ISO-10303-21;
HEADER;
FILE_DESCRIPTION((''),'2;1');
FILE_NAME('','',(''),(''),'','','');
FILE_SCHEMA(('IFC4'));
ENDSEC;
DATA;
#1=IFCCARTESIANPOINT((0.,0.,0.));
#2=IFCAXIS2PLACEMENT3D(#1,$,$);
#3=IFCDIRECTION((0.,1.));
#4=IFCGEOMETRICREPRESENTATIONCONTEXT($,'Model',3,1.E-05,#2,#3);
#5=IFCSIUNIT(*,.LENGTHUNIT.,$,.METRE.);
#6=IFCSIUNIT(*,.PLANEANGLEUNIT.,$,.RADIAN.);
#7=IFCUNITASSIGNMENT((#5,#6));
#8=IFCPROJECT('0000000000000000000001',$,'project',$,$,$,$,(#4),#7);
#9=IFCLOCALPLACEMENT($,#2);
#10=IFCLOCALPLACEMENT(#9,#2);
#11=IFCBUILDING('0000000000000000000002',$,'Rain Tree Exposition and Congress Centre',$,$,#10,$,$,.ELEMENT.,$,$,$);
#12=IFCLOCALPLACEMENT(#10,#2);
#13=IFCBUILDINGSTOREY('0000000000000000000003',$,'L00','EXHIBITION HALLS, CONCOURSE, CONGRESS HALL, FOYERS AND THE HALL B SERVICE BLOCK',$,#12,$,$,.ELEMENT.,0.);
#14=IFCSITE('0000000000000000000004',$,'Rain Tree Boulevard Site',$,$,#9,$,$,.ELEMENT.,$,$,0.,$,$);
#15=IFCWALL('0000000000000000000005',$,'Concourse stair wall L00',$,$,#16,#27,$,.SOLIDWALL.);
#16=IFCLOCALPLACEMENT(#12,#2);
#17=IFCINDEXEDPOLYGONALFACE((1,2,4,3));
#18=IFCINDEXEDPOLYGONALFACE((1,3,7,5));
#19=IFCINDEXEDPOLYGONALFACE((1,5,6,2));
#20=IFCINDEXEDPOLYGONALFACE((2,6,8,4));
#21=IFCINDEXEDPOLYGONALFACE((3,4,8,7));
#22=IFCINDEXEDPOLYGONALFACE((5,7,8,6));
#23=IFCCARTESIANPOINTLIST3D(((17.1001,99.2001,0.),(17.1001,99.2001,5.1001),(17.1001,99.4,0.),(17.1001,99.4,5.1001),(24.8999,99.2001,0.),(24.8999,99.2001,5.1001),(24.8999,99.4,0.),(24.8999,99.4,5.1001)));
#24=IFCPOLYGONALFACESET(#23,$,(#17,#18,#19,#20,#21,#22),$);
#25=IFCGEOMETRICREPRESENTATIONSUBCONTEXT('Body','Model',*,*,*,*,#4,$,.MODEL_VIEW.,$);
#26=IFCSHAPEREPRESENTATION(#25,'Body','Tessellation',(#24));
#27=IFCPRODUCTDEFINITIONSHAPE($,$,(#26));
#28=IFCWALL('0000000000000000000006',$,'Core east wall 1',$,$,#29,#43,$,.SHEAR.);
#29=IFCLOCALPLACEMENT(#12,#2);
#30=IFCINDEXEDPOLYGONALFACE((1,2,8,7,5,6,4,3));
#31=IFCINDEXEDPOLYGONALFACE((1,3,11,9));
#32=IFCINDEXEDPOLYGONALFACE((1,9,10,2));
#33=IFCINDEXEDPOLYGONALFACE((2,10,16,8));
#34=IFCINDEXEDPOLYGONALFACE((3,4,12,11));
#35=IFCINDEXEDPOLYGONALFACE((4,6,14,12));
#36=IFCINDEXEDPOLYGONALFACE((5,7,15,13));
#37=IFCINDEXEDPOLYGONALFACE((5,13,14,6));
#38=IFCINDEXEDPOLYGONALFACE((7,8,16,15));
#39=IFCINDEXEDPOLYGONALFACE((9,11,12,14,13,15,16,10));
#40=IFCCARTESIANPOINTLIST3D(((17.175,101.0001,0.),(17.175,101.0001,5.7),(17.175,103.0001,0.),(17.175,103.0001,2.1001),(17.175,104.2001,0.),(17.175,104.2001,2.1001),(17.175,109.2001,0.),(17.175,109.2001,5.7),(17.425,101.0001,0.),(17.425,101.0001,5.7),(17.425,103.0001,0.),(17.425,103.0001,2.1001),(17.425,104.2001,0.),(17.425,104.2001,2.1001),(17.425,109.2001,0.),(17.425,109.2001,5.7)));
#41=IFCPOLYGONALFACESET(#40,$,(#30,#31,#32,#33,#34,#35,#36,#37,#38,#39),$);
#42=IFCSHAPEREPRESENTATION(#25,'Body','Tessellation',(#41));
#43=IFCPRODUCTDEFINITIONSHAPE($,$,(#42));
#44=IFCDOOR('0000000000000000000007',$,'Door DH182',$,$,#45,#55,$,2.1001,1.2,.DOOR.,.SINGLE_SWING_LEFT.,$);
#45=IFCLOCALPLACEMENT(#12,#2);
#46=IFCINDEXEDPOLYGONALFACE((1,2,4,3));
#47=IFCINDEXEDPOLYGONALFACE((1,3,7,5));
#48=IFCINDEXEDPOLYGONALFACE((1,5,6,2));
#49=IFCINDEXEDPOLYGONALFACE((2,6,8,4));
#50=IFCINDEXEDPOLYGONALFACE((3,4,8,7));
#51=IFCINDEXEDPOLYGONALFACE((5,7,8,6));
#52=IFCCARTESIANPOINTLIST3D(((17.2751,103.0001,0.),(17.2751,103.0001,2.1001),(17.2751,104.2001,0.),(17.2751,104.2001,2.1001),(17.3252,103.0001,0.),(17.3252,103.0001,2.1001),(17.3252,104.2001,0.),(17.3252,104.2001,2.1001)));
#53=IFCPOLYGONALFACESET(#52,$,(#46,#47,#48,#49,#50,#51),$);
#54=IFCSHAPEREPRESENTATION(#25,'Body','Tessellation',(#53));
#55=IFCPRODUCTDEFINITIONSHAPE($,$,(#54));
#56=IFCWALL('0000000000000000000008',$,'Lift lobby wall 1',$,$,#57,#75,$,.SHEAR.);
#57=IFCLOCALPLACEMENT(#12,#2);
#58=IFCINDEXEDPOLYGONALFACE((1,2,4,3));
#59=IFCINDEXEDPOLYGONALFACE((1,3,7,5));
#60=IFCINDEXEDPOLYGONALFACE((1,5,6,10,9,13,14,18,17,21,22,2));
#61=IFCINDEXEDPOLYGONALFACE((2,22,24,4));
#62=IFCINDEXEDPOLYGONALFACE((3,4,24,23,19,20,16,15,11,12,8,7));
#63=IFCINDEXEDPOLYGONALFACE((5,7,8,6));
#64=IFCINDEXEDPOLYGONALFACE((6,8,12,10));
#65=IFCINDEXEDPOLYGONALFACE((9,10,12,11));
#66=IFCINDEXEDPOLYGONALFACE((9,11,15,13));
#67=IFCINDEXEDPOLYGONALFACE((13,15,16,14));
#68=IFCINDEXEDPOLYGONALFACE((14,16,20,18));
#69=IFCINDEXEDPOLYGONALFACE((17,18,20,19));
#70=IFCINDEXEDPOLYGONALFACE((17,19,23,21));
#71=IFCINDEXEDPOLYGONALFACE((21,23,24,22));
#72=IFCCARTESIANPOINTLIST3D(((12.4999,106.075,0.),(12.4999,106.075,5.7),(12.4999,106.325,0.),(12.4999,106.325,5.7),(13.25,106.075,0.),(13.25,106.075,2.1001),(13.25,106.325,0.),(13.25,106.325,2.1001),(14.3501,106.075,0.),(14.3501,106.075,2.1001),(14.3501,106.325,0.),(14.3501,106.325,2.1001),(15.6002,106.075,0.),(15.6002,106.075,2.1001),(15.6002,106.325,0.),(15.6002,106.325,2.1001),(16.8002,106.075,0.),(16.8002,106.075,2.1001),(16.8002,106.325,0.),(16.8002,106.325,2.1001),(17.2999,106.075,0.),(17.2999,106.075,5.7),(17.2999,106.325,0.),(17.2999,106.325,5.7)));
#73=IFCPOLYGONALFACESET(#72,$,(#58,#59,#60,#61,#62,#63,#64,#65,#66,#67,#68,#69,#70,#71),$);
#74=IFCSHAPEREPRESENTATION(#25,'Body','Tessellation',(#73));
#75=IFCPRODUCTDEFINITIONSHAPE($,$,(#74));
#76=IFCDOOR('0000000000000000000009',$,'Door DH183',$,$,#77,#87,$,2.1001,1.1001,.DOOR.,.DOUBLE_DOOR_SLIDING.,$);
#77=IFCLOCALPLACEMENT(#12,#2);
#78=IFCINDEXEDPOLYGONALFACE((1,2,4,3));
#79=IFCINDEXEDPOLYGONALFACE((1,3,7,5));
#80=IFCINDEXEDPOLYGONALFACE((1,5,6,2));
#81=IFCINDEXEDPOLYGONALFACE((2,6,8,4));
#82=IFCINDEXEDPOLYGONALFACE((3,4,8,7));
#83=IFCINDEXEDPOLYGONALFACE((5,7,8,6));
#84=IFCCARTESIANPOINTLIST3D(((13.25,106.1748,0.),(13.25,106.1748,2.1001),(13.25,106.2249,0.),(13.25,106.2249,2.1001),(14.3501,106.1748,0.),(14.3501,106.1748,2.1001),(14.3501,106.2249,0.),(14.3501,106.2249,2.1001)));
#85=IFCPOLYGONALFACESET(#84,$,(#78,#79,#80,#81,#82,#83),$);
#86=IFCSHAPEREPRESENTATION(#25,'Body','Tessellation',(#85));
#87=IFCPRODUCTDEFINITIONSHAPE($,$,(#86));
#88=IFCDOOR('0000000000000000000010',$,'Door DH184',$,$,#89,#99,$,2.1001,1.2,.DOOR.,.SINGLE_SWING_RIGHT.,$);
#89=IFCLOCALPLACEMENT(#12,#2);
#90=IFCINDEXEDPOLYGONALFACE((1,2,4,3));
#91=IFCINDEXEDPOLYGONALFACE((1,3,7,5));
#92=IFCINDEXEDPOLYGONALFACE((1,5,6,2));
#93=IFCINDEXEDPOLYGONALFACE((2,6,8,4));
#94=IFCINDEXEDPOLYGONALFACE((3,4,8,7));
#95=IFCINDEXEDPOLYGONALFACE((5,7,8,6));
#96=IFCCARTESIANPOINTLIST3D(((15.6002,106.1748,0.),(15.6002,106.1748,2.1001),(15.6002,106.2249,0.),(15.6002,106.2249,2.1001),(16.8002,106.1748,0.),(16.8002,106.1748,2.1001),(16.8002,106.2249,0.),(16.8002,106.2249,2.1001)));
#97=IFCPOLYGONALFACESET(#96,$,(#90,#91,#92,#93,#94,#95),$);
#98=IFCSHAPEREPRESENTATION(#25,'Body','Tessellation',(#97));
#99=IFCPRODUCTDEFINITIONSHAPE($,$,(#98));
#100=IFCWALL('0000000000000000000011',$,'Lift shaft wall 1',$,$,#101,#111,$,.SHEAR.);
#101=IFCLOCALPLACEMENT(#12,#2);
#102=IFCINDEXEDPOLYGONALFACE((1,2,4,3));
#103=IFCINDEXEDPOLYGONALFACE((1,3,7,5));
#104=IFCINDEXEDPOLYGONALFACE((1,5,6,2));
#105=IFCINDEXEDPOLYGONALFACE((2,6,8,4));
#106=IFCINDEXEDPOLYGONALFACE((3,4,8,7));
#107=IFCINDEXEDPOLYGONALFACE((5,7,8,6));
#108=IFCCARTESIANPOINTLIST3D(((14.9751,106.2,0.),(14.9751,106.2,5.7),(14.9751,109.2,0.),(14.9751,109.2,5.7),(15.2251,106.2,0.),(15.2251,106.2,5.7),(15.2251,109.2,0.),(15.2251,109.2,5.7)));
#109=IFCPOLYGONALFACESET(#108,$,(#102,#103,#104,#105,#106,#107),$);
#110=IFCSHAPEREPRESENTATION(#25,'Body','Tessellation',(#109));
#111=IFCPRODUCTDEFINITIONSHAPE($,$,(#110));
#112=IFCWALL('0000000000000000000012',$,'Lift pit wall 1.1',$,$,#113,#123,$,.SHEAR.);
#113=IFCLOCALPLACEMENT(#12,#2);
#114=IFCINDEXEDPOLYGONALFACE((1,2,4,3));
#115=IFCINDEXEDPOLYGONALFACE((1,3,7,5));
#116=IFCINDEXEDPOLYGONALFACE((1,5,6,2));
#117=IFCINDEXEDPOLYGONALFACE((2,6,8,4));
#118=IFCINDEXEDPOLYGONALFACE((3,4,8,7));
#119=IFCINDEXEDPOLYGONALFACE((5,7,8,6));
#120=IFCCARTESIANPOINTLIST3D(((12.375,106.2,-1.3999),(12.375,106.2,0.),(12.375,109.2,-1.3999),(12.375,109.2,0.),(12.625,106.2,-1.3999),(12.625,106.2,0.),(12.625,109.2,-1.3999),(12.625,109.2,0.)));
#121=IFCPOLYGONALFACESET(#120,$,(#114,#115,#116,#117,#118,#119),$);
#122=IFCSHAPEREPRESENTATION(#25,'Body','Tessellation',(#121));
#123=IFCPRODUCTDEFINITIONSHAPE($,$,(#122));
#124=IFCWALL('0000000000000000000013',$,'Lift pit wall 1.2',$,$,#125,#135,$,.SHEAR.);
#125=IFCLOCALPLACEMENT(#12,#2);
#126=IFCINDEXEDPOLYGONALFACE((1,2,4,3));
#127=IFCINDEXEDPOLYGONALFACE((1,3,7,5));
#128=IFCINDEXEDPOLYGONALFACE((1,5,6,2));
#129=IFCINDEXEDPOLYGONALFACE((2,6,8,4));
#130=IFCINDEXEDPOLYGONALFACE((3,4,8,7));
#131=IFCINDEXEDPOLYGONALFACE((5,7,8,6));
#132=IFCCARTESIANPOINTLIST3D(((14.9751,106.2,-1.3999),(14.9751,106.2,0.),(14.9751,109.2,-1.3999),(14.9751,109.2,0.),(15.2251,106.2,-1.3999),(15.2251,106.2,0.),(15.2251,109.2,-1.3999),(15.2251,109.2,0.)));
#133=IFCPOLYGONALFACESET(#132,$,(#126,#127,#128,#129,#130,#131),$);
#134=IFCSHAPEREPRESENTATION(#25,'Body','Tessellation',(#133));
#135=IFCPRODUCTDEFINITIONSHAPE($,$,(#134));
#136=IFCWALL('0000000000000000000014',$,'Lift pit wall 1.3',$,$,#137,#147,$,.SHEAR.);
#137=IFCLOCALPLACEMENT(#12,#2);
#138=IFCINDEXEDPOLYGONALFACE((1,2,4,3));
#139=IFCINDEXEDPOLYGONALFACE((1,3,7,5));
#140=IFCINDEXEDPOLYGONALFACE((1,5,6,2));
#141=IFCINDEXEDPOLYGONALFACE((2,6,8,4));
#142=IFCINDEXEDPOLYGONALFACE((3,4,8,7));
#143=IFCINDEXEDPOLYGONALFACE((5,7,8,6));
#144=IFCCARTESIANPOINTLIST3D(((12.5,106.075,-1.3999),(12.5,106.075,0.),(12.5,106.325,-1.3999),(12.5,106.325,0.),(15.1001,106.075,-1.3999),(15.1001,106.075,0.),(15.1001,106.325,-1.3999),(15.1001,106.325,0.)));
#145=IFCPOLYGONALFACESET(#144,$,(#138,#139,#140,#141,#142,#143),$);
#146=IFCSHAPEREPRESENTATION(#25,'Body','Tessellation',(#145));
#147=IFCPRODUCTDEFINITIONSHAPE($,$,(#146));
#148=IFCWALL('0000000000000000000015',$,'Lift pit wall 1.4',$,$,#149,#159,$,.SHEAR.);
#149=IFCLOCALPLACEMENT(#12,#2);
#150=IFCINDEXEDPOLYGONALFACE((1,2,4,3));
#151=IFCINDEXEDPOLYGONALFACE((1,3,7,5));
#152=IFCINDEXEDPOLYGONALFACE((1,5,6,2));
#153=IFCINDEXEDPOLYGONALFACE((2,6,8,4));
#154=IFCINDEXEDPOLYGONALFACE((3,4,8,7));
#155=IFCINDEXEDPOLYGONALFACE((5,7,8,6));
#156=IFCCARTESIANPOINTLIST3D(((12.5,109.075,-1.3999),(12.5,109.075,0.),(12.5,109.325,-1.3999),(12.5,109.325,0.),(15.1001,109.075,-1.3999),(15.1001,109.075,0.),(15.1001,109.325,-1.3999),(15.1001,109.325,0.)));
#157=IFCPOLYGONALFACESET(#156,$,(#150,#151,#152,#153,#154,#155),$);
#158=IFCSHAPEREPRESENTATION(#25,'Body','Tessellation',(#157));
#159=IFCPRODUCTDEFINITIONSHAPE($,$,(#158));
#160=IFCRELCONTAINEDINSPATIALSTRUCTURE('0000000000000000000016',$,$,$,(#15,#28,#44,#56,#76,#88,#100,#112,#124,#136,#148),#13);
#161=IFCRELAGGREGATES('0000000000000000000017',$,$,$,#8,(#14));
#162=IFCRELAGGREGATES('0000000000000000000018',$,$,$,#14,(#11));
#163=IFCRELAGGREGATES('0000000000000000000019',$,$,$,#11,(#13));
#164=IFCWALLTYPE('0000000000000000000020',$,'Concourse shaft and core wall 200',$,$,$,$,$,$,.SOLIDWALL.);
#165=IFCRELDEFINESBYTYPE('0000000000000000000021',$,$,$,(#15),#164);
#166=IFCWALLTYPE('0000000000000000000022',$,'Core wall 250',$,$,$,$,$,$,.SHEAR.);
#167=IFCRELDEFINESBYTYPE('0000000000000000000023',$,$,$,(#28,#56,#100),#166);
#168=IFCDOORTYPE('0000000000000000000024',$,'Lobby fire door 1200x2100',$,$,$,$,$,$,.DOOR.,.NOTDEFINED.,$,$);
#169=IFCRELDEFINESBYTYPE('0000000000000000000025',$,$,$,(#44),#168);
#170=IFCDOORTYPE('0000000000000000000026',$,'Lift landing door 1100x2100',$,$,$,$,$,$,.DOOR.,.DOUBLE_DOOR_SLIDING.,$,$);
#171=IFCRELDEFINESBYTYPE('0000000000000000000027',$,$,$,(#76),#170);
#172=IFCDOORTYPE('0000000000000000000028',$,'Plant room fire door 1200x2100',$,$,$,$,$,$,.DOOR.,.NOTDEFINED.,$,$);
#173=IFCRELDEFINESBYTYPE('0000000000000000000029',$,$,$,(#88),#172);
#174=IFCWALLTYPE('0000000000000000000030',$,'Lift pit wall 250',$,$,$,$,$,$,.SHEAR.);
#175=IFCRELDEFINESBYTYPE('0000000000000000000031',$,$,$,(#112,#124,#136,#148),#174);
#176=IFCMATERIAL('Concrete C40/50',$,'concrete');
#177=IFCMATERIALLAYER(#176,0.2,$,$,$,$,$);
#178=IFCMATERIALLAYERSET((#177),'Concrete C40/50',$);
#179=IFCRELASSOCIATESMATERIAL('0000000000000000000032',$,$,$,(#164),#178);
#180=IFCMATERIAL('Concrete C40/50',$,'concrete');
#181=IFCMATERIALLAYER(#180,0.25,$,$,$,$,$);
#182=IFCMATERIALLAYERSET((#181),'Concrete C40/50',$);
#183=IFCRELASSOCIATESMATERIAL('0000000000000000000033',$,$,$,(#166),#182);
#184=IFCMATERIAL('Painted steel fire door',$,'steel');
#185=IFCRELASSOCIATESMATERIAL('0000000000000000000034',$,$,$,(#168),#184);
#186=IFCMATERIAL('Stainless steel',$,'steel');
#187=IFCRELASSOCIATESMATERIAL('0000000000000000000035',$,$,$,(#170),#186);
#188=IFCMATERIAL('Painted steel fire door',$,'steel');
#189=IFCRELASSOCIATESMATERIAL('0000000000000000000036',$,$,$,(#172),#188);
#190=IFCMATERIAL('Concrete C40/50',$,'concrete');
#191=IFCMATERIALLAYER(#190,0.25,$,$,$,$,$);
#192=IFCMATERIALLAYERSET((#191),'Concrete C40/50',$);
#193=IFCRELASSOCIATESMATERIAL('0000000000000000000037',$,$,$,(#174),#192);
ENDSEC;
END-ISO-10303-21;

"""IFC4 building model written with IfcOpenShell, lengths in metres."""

from ifc_helpers import new_model, si_unit, direction, frame, frame_2d, origin, place, context, subcontext, project, spatial, rectangle, extrude, material, layer, layer_set, type_object, element, fill, save


model = new_model("IFC4")

# Units and contexts
model_context = context("Model", 3, precision=1e-05, world=origin(), true_north=direction((0.0, 1.0)))
body_context = subcontext(model_context, "Body", "Model", "MODEL_VIEW")
ifc_project = project(units=[si_unit("LENGTHUNIT", "METRE"), si_unit("PLANEANGLEUNIT", "RADIAN")], contexts=[model_context])

# Site, building, storey
site_placement = place(None, origin())
site = spatial("IfcSite", under=ifc_project, at=site_placement, Name="Rain Tree Boulevard Site", CompositionType="ELEMENT", RefElevation=0.0)
building_placement = place(site_placement, origin())
building = spatial("IfcBuilding", under=site, at=building_placement, Name="Rain Tree Exposition and Congress Centre", CompositionType="ELEMENT")
storey_placement = place(building_placement, origin())
storey = spatial("IfcBuildingStorey", under=building, at=storey_placement, Name="L00", Description="EXHIBITION HALLS, CONCOURSE, CONGRESS HALL, FOYERS AND THE HALL B SERVICE BLOCK", CompositionType="ELEMENT", Elevation=0.0)

# Wall
ifc_material_1 = material(Name="Concrete C40/50", Category="concrete")
ifc_layer_1 = layer(ifc_material_1, 0.2)
ifc_layer_set_1 = layer_set([ifc_layer_1], Name="Concrete C40/50")
wall_type_1 = type_object("IfcWallType", Name="Concourse shaft and core wall 200", PredefinedType="SOLIDWALL", material=ifc_layer_set_1)
wall_1_placement = place(storey_placement, frame((17.1001, 99.3, 0.0), z_axis=(0.0, 0.0, 1.0), x_axis=(1.0, 0.0, 0.0)))
element("IfcWall", 1, at=wall_1_placement, inside=storey, type_object=wall_type_1, Name="Concourse stair wall L00", PredefinedType="SOLIDWALL", context=body_context, shape_type="SweptSolid", body=[
    extrude(rectangle(XDim=7.7998, YDim=0.2, at=frame_2d((3.8999, 0.0))), origin(), (0.0, 0.0, 1.0), 5.1001),
])

# Wall, opening, door
ifc_material_2 = material(Name="Concrete C40/50", Category="concrete")
ifc_layer_2 = layer(ifc_material_2, 0.25)
ifc_layer_set_2 = layer_set([ifc_layer_2], Name="Concrete C40/50")
wall_type_2 = type_object("IfcWallType", Name="Core wall 250", PredefinedType="SHEAR", material=ifc_layer_set_2)
wall_2_placement = place(storey_placement, frame((17.3, 101.0, 0.0), z_axis=(0.0, 0.0, 1.0), x_axis=(0.0, 1.0, 0.0)))
wall_2 = element("IfcWall", 2, at=wall_2_placement, inside=storey, type_object=wall_type_2, Name="Core east wall 1", PredefinedType="SHEAR", context=body_context, shape_type="SweptSolid", body=[
    extrude(rectangle(XDim=8.2, YDim=0.25, at=frame_2d((4.1001, 0.0))), origin(), (0.0, 0.0, 1.0), 5.7),
])
opening_1_placement = place(wall_2_placement, frame((2.0, 0.0, 0.0)))
opening_1 = element("IfcOpeningElement", 3, at=opening_1_placement, cuts=wall_2, PredefinedType="OPENING", context=body_context, shape_type="SweptSolid", body=[
    extrude(rectangle(XDim=1.2, YDim=2.1001, at=frame_2d((0.6001, 1.05))), frame((0.0, 0.125, 0.0), z_axis=(0.0, -1.0, 0.0), x_axis=(1.0, 0.0, 0.0)), (0.0, 0.0, 1.0), 0.25),
])
ifc_material_3 = material(Name="Painted steel fire door", Category="steel")
door_type_1 = type_object("IfcDoorType", Name="Lobby fire door 1200x2100", OperationType="NOTDEFINED", PredefinedType="DOOR", material=ifc_material_3)
door_1_placement = place(opening_1_placement, origin())
door_1 = element("IfcDoor", 4, at=door_1_placement, inside=storey, type_object=door_type_1, Name="Door DH182", OperationType="SINGLE_SWING_LEFT", OverallHeight=2.1001, OverallWidth=1.2, PredefinedType="DOOR", context=body_context, shape_type="SweptSolid", body=[
    extrude(rectangle(XDim=1.2, YDim=2.1001, at=frame_2d((0.6001, 1.05))), frame((0.0, 0.0249, 0.0), z_axis=(0.0, -1.0, 0.0), x_axis=(1.0, 0.0, 0.0)), (0.0, 0.0, 1.0), 0.05),
])
fill(opening_1, door_1)

# Wall, openings, doors
wall_3_placement = place(storey_placement, frame((12.5, 106.2, 0.0), z_axis=(0.0, 0.0, 1.0), x_axis=(1.0, 0.0, 0.0)))
wall_3 = element("IfcWall", 5, at=wall_3_placement, inside=storey, type_object=wall_type_2, Name="Lift lobby wall 1", PredefinedType="SHEAR", context=body_context, shape_type="SweptSolid", body=[
    extrude(rectangle(XDim=4.8, YDim=0.25, at=frame_2d((2.3999, 0.0))), origin(), (0.0, 0.0, 1.0), 5.7),
])
opening_2_placement = place(wall_3_placement, frame((0.75, 0.0, 0.0)))
opening_2 = element("IfcOpeningElement", 6, at=opening_2_placement, cuts=wall_3, PredefinedType="OPENING", context=body_context, shape_type="SweptSolid", body=[
    extrude(rectangle(XDim=1.1001, YDim=2.1001, at=frame_2d((0.55, 1.05))), frame((0.0, 0.125, 0.0), z_axis=(0.0, -1.0, 0.0), x_axis=(1.0, 0.0, 0.0)), (0.0, 0.0, 1.0), 0.25),
])
opening_3_placement = place(wall_3_placement, frame((3.1001, 0.0, 0.0)))
opening_3 = element("IfcOpeningElement", 7, at=opening_3_placement, cuts=wall_3, PredefinedType="OPENING", context=body_context, shape_type="SweptSolid", body=[
    extrude(rectangle(XDim=1.2, YDim=2.1001, at=frame_2d((0.6001, 1.05))), frame((0.0, 0.125, 0.0), z_axis=(0.0, -1.0, 0.0), x_axis=(1.0, 0.0, 0.0)), (0.0, 0.0, 1.0), 0.25),
])
ifc_material_4 = material(Name="Stainless steel", Category="steel")
door_type_2 = type_object("IfcDoorType", Name="Lift landing door 1100x2100", OperationType="DOUBLE_DOOR_SLIDING", PredefinedType="DOOR", material=ifc_material_4)
door_2_placement = place(opening_2_placement, origin())
door_2 = element("IfcDoor", 8, at=door_2_placement, inside=storey, type_object=door_type_2, Name="Door DH183", OperationType="DOUBLE_DOOR_SLIDING", OverallHeight=2.1001, OverallWidth=1.1001, PredefinedType="DOOR", context=body_context, shape_type="SweptSolid", body=[
    extrude(rectangle(XDim=1.1001, YDim=2.1001, at=frame_2d((0.55, 1.05))), frame((0.0, 0.0249, 0.0), z_axis=(0.0, -1.0, 0.0), x_axis=(1.0, 0.0, 0.0)), (0.0, 0.0, 1.0), 0.05),
])
fill(opening_2, door_2)
ifc_material_5 = material(Name="Painted steel fire door", Category="steel")
door_type_3 = type_object("IfcDoorType", Name="Plant room fire door 1200x2100", OperationType="NOTDEFINED", PredefinedType="DOOR", material=ifc_material_5)
door_3_placement = place(opening_3_placement, origin())
door_3 = element("IfcDoor", 9, at=door_3_placement, inside=storey, type_object=door_type_3, Name="Door DH184", OperationType="SINGLE_SWING_RIGHT", OverallHeight=2.1001, OverallWidth=1.2, PredefinedType="DOOR", context=body_context, shape_type="SweptSolid", body=[
    extrude(rectangle(XDim=1.2, YDim=2.1001, at=frame_2d((0.6001, 1.05))), frame((0.0, 0.0249, 0.0), z_axis=(0.0, -1.0, 0.0), x_axis=(1.0, 0.0, 0.0)), (0.0, 0.0, 1.0), 0.05),
])
fill(opening_3, door_3)

# Walls
wall_4_placement = place(storey_placement, frame((15.1001, 106.2, 0.0), z_axis=(0.0, 0.0, 1.0), x_axis=(0.0, 1.0, 0.0)))
element("IfcWall", 10, at=wall_4_placement, inside=storey, type_object=wall_type_2, Name="Lift shaft wall 1", PredefinedType="SHEAR", context=body_context, shape_type="SweptSolid", body=[
    extrude(rectangle(XDim=3.0, YDim=0.25, at=frame_2d((1.5, 0.0))), origin(), (0.0, 0.0, 1.0), 5.7),
])
ifc_material_6 = material(Name="Concrete C40/50", Category="concrete")
ifc_layer_3 = layer(ifc_material_6, 0.25)
ifc_layer_set_3 = layer_set([ifc_layer_3], Name="Concrete C40/50")
wall_type_3 = type_object("IfcWallType", Name="Lift pit wall 250", PredefinedType="SHEAR", material=ifc_layer_set_3)
for number, where, z_axis, x_axis, name in (
    (11, (12.5, 106.2, -1.3999), (0.0, 0.0, 1.0), (0.0, 1.0, 0.0), "Lift pit wall 1.1"),
    (12, (15.1001, 106.2, -1.3999), (0.0, 0.0, 1.0), (0.0, 1.0, 0.0), "Lift pit wall 1.2"),
):
    element("IfcWall", number, at=place(storey_placement, frame(where, z_axis=z_axis, x_axis=x_axis)), inside=storey, type_object=wall_type_3, Name=name, PredefinedType="SHEAR", context=body_context, shape_type="SweptSolid", body=[
        extrude(rectangle(XDim=3.0, YDim=0.25, at=frame_2d((1.5, 0.0))), origin(), (0.0, 0.0, 1.0), 1.3999),
    ])
for number, where, z_axis, x_axis, name in (
    (13, (12.5, 106.2, -1.3999), (0.0, 0.0, 1.0), (1.0, 0.0, 0.0), "Lift pit wall 1.3"),
    (14, (12.5, 109.2, -1.3999), (0.0, 0.0, 1.0), (1.0, 0.0, 0.0), "Lift pit wall 1.4"),
):
    element("IfcWall", number, at=place(storey_placement, frame(where, z_axis=z_axis, x_axis=x_axis)), inside=storey, type_object=wall_type_3, Name=name, PredefinedType="SHEAR", context=body_context, shape_type="SweptSolid", body=[
        extrude(rectangle(XDim=2.6001, YDim=0.25, at=frame_2d((1.3, 0.0))), origin(), (0.0, 0.0, 1.0), 1.3999),
    ])

save(model, "model.ifc")
